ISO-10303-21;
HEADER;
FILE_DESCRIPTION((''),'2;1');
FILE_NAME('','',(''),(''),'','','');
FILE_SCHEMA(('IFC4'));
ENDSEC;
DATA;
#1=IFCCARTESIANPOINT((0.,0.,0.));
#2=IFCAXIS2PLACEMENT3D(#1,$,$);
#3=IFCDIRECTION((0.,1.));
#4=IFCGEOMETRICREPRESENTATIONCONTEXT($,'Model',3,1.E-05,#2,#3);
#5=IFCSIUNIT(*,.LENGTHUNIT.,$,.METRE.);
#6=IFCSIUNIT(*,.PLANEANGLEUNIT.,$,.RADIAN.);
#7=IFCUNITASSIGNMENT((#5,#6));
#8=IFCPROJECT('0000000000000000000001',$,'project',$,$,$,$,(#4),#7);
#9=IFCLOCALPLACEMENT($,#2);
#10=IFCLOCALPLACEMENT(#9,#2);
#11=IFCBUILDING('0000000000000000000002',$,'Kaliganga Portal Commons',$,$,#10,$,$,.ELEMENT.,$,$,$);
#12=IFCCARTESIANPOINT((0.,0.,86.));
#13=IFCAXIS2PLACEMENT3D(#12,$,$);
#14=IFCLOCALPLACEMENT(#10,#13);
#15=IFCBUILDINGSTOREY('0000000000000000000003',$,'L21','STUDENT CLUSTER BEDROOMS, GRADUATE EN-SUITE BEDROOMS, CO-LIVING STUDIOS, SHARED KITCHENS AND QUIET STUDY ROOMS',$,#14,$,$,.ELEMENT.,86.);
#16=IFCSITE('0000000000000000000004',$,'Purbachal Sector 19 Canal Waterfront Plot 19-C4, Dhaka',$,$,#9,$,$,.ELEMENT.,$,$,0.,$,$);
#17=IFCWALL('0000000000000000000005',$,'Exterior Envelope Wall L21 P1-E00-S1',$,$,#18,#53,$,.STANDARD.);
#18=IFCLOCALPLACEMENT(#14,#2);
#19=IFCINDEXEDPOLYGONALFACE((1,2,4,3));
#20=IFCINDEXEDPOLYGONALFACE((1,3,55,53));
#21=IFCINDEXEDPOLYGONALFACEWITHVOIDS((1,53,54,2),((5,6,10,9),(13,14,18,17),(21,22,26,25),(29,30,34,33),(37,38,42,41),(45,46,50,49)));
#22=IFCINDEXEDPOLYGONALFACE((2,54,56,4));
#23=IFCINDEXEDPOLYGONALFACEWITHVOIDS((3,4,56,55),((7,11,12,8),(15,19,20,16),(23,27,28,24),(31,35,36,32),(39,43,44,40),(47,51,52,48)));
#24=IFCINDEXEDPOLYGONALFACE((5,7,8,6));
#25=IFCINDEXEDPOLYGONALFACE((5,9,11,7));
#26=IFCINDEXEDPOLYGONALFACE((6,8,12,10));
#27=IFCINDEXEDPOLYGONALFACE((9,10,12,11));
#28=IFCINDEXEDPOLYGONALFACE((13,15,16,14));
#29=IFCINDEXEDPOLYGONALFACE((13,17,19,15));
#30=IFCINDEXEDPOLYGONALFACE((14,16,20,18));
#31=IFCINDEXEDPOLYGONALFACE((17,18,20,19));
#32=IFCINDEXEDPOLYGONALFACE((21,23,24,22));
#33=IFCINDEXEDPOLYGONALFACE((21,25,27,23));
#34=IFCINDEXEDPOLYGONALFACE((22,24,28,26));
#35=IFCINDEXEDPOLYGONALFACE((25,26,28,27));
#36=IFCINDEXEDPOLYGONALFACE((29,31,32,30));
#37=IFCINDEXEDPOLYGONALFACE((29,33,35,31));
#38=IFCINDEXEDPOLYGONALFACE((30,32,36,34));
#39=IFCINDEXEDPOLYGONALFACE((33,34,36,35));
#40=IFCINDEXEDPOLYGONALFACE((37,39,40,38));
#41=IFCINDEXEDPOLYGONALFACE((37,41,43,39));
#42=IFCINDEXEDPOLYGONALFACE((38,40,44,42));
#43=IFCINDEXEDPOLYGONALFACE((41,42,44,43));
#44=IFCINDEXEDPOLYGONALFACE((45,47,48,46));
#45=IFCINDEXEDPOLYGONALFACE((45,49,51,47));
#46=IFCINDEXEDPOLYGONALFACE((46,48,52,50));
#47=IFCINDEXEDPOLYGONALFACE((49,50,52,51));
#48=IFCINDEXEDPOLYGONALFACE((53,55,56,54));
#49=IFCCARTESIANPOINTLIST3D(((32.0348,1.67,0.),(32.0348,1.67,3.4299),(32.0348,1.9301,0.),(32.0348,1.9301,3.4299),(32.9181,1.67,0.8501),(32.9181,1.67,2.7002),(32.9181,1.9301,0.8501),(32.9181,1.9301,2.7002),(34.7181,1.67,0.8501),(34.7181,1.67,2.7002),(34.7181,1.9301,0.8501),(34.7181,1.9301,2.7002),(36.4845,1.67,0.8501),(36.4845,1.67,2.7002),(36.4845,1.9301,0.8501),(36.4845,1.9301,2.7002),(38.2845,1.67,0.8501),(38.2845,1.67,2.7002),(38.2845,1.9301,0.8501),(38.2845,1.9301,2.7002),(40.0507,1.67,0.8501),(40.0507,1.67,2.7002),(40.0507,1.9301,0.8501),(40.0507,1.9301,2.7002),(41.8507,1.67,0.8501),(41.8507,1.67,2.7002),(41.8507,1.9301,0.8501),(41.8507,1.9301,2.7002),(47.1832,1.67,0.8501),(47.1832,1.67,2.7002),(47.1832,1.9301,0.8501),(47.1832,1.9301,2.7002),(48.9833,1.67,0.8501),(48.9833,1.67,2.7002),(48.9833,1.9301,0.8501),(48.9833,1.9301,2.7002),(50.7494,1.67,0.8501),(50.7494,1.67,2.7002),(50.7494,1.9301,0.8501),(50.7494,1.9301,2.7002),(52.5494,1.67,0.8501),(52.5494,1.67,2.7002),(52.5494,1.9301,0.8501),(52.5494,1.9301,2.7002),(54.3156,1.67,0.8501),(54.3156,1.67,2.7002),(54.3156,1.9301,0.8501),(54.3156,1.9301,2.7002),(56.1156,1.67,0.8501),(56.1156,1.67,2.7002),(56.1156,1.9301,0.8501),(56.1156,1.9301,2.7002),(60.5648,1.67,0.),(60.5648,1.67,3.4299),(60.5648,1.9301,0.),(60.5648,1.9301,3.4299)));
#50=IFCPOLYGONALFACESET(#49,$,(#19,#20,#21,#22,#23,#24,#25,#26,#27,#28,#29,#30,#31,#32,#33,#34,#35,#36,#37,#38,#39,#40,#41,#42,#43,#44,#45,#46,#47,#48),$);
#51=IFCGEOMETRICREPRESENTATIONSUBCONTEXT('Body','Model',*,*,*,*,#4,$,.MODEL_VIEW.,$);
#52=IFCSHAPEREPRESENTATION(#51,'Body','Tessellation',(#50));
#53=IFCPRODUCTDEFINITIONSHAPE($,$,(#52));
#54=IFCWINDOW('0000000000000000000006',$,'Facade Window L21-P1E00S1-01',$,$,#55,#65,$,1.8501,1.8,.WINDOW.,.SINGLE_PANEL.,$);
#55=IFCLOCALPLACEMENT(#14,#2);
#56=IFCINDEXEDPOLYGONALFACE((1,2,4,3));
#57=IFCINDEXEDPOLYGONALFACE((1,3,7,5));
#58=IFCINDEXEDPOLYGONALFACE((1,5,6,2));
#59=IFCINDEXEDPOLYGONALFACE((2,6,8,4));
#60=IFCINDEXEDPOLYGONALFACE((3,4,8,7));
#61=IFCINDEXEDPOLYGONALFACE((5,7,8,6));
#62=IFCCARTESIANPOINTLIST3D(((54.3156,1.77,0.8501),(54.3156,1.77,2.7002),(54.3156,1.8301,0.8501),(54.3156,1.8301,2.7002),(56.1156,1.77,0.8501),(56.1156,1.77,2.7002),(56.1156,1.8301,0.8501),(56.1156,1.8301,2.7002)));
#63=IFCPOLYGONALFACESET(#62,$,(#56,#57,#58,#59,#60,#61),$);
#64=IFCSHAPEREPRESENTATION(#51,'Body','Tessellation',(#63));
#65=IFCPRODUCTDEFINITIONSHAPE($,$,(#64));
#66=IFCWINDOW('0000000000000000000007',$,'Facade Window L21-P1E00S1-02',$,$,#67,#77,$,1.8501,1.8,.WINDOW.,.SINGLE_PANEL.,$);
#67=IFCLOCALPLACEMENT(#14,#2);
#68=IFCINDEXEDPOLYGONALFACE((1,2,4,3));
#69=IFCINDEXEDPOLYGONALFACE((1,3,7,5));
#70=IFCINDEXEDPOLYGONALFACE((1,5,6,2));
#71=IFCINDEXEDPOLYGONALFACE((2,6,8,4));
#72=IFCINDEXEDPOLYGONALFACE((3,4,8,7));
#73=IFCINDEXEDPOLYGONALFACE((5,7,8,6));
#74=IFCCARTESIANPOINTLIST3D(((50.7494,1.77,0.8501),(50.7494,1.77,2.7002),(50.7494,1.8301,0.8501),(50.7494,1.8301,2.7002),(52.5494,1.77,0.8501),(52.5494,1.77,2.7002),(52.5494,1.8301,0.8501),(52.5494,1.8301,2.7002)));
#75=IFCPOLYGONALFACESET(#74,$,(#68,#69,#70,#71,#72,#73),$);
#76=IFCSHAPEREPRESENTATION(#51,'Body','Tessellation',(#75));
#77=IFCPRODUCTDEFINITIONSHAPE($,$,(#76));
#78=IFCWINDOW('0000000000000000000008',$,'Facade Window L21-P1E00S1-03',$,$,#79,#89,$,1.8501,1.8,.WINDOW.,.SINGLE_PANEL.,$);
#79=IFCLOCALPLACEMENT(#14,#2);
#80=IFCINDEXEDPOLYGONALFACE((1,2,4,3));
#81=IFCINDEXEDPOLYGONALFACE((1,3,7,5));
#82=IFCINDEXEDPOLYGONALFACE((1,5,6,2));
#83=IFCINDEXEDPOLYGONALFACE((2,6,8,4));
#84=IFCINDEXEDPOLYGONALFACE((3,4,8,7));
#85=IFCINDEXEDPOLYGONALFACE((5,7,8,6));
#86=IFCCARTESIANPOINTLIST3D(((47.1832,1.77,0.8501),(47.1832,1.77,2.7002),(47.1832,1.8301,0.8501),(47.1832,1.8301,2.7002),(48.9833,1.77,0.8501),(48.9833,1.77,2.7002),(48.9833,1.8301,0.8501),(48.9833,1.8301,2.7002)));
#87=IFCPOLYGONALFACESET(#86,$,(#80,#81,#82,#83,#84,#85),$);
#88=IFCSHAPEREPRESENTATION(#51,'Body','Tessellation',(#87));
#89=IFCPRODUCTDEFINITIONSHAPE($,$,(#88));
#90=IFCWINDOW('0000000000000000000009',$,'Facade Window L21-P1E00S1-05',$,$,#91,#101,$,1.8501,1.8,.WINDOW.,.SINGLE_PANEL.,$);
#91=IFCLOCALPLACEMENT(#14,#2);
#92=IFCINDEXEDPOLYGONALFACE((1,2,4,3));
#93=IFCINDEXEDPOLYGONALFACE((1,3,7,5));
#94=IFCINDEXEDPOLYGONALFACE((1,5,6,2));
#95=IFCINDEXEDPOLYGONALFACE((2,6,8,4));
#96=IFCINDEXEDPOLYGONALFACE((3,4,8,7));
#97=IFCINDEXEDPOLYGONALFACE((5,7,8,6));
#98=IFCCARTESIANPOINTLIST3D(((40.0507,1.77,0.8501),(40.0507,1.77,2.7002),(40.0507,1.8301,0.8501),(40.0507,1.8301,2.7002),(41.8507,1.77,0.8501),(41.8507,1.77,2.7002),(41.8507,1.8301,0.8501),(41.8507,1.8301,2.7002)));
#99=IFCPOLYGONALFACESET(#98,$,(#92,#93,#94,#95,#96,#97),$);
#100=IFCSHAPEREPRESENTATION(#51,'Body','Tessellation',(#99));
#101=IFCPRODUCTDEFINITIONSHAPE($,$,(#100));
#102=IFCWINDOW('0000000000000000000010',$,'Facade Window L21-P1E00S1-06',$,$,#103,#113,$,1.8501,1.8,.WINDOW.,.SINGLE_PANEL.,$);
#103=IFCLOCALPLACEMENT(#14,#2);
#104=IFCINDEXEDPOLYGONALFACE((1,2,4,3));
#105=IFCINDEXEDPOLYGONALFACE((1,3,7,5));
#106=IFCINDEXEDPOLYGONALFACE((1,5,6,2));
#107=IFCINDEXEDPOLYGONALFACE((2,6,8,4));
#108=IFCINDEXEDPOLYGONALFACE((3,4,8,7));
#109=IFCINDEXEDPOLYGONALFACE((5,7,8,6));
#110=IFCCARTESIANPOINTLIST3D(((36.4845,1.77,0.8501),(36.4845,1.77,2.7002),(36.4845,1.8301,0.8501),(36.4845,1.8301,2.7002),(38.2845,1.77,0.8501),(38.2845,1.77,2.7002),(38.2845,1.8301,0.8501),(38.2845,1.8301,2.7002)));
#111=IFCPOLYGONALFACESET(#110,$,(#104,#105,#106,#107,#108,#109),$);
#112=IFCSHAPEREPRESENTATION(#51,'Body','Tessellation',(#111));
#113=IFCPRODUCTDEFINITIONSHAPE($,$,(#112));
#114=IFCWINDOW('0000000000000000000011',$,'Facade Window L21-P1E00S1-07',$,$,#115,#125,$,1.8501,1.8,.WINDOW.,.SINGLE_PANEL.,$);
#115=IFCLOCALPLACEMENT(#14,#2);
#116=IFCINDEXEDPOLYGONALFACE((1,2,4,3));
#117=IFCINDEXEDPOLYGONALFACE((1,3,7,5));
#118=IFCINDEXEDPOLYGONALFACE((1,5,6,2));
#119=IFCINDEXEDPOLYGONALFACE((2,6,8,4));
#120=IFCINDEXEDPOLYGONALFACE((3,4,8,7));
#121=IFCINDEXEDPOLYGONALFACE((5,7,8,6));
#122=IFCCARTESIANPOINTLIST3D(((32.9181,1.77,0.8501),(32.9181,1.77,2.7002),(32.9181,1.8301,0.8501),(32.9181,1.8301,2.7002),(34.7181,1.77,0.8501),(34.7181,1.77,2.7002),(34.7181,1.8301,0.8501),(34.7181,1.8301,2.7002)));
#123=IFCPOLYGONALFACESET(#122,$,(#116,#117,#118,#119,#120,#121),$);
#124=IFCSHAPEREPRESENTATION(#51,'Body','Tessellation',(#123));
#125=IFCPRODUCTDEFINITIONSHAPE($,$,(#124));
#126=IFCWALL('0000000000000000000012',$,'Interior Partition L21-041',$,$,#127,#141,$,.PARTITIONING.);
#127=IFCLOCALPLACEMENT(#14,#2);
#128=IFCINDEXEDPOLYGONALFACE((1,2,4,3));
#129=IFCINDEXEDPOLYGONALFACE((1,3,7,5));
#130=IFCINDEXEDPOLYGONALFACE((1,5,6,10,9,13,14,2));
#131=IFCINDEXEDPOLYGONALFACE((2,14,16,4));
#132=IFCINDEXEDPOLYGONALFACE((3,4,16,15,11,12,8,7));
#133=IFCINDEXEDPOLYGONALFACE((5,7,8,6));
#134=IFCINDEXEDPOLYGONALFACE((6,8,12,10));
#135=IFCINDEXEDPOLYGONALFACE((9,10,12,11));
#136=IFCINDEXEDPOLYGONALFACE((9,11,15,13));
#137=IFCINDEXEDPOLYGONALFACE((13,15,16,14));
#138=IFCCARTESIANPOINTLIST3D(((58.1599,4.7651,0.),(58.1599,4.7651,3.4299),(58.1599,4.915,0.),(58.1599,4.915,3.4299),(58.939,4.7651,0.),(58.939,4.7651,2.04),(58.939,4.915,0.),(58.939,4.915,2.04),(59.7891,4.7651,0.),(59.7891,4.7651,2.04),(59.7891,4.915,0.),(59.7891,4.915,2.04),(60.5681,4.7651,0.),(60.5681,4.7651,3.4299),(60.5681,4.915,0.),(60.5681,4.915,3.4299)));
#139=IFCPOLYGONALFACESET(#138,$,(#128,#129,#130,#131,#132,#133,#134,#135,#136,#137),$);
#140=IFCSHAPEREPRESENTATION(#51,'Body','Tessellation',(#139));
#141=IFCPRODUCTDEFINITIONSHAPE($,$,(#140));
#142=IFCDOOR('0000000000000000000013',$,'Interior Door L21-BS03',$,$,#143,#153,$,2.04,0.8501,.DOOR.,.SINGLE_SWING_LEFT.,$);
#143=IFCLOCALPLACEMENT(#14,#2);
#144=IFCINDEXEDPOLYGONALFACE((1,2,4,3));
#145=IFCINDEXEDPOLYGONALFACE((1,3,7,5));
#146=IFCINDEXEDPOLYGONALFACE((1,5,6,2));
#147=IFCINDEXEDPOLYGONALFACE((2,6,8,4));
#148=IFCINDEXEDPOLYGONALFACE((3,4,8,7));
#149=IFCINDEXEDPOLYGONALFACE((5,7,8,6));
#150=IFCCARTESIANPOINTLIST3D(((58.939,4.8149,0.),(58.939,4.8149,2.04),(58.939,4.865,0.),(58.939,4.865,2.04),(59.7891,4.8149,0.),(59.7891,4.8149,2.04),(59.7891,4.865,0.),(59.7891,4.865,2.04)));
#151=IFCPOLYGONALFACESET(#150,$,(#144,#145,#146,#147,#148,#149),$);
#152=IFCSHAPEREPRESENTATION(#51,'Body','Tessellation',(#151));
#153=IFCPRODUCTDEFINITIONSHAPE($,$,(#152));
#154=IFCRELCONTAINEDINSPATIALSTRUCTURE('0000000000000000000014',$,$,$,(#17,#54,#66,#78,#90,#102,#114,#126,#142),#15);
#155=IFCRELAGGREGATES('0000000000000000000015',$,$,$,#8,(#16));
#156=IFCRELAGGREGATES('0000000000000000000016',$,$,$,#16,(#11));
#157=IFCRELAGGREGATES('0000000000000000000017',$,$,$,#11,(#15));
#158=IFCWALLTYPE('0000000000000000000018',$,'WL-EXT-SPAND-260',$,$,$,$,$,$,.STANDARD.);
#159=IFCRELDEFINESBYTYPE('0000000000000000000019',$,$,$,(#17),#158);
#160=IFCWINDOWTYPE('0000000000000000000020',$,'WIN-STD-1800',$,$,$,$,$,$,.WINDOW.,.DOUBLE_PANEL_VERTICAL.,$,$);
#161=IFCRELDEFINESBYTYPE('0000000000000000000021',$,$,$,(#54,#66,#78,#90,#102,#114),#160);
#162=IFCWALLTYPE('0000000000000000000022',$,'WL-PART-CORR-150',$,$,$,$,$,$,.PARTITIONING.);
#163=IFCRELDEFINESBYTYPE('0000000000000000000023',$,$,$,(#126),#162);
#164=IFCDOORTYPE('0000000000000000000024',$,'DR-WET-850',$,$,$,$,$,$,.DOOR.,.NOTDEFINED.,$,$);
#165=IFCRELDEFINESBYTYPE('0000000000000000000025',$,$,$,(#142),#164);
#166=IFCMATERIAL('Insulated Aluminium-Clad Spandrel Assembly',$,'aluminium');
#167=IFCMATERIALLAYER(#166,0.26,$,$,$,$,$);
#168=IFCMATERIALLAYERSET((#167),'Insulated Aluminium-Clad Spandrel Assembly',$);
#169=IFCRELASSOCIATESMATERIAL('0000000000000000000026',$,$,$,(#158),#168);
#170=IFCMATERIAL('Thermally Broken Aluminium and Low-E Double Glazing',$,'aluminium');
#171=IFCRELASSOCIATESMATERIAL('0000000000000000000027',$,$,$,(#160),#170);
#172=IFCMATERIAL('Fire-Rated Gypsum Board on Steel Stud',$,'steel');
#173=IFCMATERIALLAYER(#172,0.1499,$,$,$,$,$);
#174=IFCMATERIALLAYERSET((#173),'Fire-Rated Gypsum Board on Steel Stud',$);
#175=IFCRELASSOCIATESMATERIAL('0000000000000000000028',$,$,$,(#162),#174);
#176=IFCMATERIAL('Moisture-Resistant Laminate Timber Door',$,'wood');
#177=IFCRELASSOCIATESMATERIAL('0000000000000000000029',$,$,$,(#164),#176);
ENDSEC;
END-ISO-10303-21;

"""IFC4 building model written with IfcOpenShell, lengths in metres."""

from ifc_helpers import new_model, si_unit, direction, frame, frame_2d, origin, place, context, subcontext, project, spatial, rectangle, extrude, material, layer, layer_set, type_object, element, fill, save


model = new_model("IFC4")

# Units and contexts
model_context = context("Model", 3, precision=1e-05, world=origin(), true_north=direction((0.0, 1.0)))
body_context = subcontext(model_context, "Body", "Model", "MODEL_VIEW")
ifc_project = project(units=[si_unit("LENGTHUNIT", "METRE"), si_unit("PLANEANGLEUNIT", "RADIAN")], contexts=[model_context])

# Site, building, storey
site_placement = place(None, origin())
site = spatial("IfcSite", under=ifc_project, at=site_placement, Name="Purbachal Sector 19 Canal Waterfront Plot 19-C4, Dhaka", CompositionType="ELEMENT", RefElevation=0.0)
building_placement = place(site_placement, origin())
building = spatial("IfcBuilding", under=site, at=building_placement, Name="Kaliganga Portal Commons", CompositionType="ELEMENT")
storey_placement = place(building_placement, frame((0.0, 0.0, 86.0)))
storey = spatial("IfcBuildingStorey", under=building, at=storey_placement, Name="L21", Description="STUDENT CLUSTER BEDROOMS, GRADUATE EN-SUITE BEDROOMS, CO-LIVING STUDIOS, SHARED KITCHENS AND QUIET STUDY ROOMS", CompositionType="ELEMENT", Elevation=86.0)

# Wall, openings, windows
ifc_material_1 = material(Name="Insulated Aluminium-Clad Spandrel Assembly", Category="aluminium")
ifc_layer_1 = layer(ifc_material_1, 0.26)
ifc_layer_set_1 = layer_set([ifc_layer_1], Name="Insulated Aluminium-Clad Spandrel Assembly")
wall_type_1 = type_object("IfcWallType", Name="WL-EXT-SPAND-260", PredefinedType="STANDARD", material=ifc_layer_set_1)
wall_1_placement = place(storey_placement, frame((60.5649, 1.8, 0.0), z_axis=(0.0, 0.0, 1.0), x_axis=(-1.0, 0.0, 0.0)))
wall_1 = element("IfcWall", 1, at=wall_1_placement, inside=storey, type_object=wall_type_1, Name="Exterior Envelope Wall L21 P1-E00-S1", PredefinedType="STANDARD", context=body_context, shape_type="SweptSolid", body=[
    extrude(rectangle(XDim=28.53, YDim=0.26, at=frame_2d((14.2651, 0.0))), origin(), (0.0, 0.0, 1.0), 3.4299),
])
opening_1_placement = place(wall_1_placement, frame((4.4495, 0.0, 0.8501)))
opening_1 = element("IfcOpeningElement", 2, at=opening_1_placement, cuts=wall_1, PredefinedType="OPENING", context=body_context, shape_type="SweptSolid", body=[
    extrude(rectangle(XDim=1.8, YDim=1.8501, at=frame_2d((0.8999, 0.925))), frame((0.0, 0.1401, 0.0), z_axis=(0.0, -1.0, 0.0), x_axis=(1.0, 0.0, 0.0)), (0.0, 0.0, 1.0), 0.28),
])
opening_2_placement = place(wall_1_placement, frame((8.0156, 0.0, 0.8501)))
opening_2 = element("IfcOpeningElement", 3, at=opening_2_placement, cuts=wall_1, PredefinedType="OPENING", context=body_context, shape_type="SweptSolid", body=[
    extrude(rectangle(XDim=1.8, YDim=1.8501, at=frame_2d((0.8999, 0.925))), frame((0.0, 0.1401, 0.0), z_axis=(0.0, -1.0, 0.0), x_axis=(1.0, 0.0, 0.0)), (0.0, 0.0, 1.0), 0.28),
])
opening_3_placement = place(wall_1_placement, frame((11.5818, 0.0, 0.8501)))
opening_3 = element("IfcOpeningElement", 4, at=opening_3_placement, cuts=wall_1, PredefinedType="OPENING", context=body_context, shape_type="SweptSolid", body=[
    extrude(rectangle(XDim=1.8, YDim=1.8501, at=frame_2d((0.8999, 0.925))), frame((0.0, 0.1401, 0.0), z_axis=(0.0, -1.0, 0.0), x_axis=(1.0, 0.0, 0.0)), (0.0, 0.0, 1.0), 0.28),
])
opening_4_placement = place(wall_1_placement, frame((18.7144, 0.0, 0.8501)))
opening_4 = element("IfcOpeningElement", 5, at=opening_4_placement, cuts=wall_1, PredefinedType="OPENING", context=body_context, shape_type="SweptSolid", body=[
    extrude(rectangle(XDim=1.8, YDim=1.8501, at=frame_2d((0.8999, 0.925))), frame((0.0, 0.1401, 0.0), z_axis=(0.0, -1.0, 0.0), x_axis=(1.0, 0.0, 0.0)), (0.0, 0.0, 1.0), 0.28),
])
opening_5_placement = place(wall_1_placement, frame((22.2805, 0.0, 0.8501)))
opening_5 = element("IfcOpeningElement", 6, at=opening_5_placement, cuts=wall_1, PredefinedType="OPENING", context=body_context, shape_type="SweptSolid", body=[
    extrude(rectangle(XDim=1.8, YDim=1.8501, at=frame_2d((0.8999, 0.925))), frame((0.0, 0.1401, 0.0), z_axis=(0.0, -1.0, 0.0), x_axis=(1.0, 0.0, 0.0)), (0.0, 0.0, 1.0), 0.28),
])
opening_6_placement = place(wall_1_placement, frame((25.8469, 0.0, 0.8501)))
opening_6 = element("IfcOpeningElement", 7, at=opening_6_placement, cuts=wall_1, PredefinedType="OPENING", context=body_context, shape_type="SweptSolid", body=[
    extrude(rectangle(XDim=1.8, YDim=1.8501, at=frame_2d((0.8999, 0.925))), frame((0.0, 0.1401, 0.0), z_axis=(0.0, -1.0, 0.0), x_axis=(1.0, 0.0, 0.0)), (0.0, 0.0, 1.0), 0.28),
])
ifc_material_2 = material(Name="Thermally Broken Aluminium and Low-E Double Glazing", Category="aluminium")
window_type = type_object("IfcWindowType", Name="WIN-STD-1800", PartitioningType="DOUBLE_PANEL_VERTICAL", PredefinedType="WINDOW", material=ifc_material_2)
window_1_placement = place(opening_1_placement, origin())
window_1 = element("IfcWindow", 8, at=window_1_placement, inside=storey, type_object=window_type, Name="Facade Window L21-P1E00S1-01", OverallHeight=1.8501, OverallWidth=1.8, PartitioningType="SINGLE_PANEL", PredefinedType="WINDOW", context=body_context, shape_type="SweptSolid", body=[
    extrude(rectangle(XDim=1.8, YDim=1.8501, at=frame_2d((0.8999, 0.925))), frame((0.0, 0.03, 0.0), z_axis=(0.0, -1.0, 0.0), x_axis=(1.0, 0.0, 0.0)), (0.0, 0.0, 1.0), 0.0601),
])
fill(opening_1, window_1)
window_2_placement = place(opening_2_placement, origin())
window_2 = element("IfcWindow", 9, at=window_2_placement, inside=storey, type_object=window_type, Name="Facade Window L21-P1E00S1-02", OverallHeight=1.8501, OverallWidth=1.8, PartitioningType="SINGLE_PANEL", PredefinedType="WINDOW", context=body_context, shape_type="SweptSolid", body=[
    extrude(rectangle(XDim=1.8, YDim=1.8501, at=frame_2d((0.8999, 0.925))), frame((0.0, 0.03, 0.0), z_axis=(0.0, -1.0, 0.0), x_axis=(1.0, 0.0, 0.0)), (0.0, 0.0, 1.0), 0.0601),
])
fill(opening_2, window_2)
window_3_placement = place(opening_3_placement, origin())
window_3 = element("IfcWindow", 10, at=window_3_placement, inside=storey, type_object=window_type, Name="Facade Window L21-P1E00S1-03", OverallHeight=1.8501, OverallWidth=1.8, PartitioningType="SINGLE_PANEL", PredefinedType="WINDOW", context=body_context, shape_type="SweptSolid", body=[
    extrude(rectangle(XDim=1.8, YDim=1.8501, at=frame_2d((0.8999, 0.925))), frame((0.0, 0.03, 0.0), z_axis=(0.0, -1.0, 0.0), x_axis=(1.0, 0.0, 0.0)), (0.0, 0.0, 1.0), 0.0601),
])
fill(opening_3, window_3)
window_4_placement = place(opening_4_placement, origin())
window_4 = element("IfcWindow", 11, at=window_4_placement, inside=storey, type_object=window_type, Name="Facade Window L21-P1E00S1-05", OverallHeight=1.8501, OverallWidth=1.8, PartitioningType="SINGLE_PANEL", PredefinedType="WINDOW", context=body_context, shape_type="SweptSolid", body=[
    extrude(rectangle(XDim=1.8, YDim=1.8501, at=frame_2d((0.8999, 0.925))), frame((0.0, 0.03, 0.0), z_axis=(0.0, -1.0, 0.0), x_axis=(1.0, 0.0, 0.0)), (0.0, 0.0, 1.0), 0.0601),
])
fill(opening_4, window_4)
window_5_placement = place(opening_5_placement, origin())
window_5 = element("IfcWindow", 12, at=window_5_placement, inside=storey, type_object=window_type, Name="Facade Window L21-P1E00S1-06", OverallHeight=1.8501, OverallWidth=1.8, PartitioningType="SINGLE_PANEL", PredefinedType="WINDOW", context=body_context, shape_type="SweptSolid", body=[
    extrude(rectangle(XDim=1.8, YDim=1.8501, at=frame_2d((0.8999, 0.925))), frame((0.0, 0.03, 0.0), z_axis=(0.0, -1.0, 0.0), x_axis=(1.0, 0.0, 0.0)), (0.0, 0.0, 1.0), 0.0601),
])
fill(opening_5, window_5)
window_6_placement = place(opening_6_placement, origin())
window_6 = element("IfcWindow", 13, at=window_6_placement, inside=storey, type_object=window_type, Name="Facade Window L21-P1E00S1-07", OverallHeight=1.8501, OverallWidth=1.8, PartitioningType="SINGLE_PANEL", PredefinedType="WINDOW", context=body_context, shape_type="SweptSolid", body=[
    extrude(rectangle(XDim=1.8, YDim=1.8501, at=frame_2d((0.8999, 0.925))), frame((0.0, 0.03, 0.0), z_axis=(0.0, -1.0, 0.0), x_axis=(1.0, 0.0, 0.0)), (0.0, 0.0, 1.0), 0.0601),
])
fill(opening_6, window_6)

# Wall, opening, door
ifc_material_3 = material(Name="Fire-Rated Gypsum Board on Steel Stud", Category="steel")
ifc_layer_2 = layer(ifc_material_3, 0.1499)
ifc_layer_set_2 = layer_set([ifc_layer_2], Name="Fire-Rated Gypsum Board on Steel Stud")
wall_type_2 = type_object("IfcWallType", Name="WL-PART-CORR-150", PredefinedType="PARTITIONING", material=ifc_layer_set_2)
wall_2_placement = place(storey_placement, frame((58.1599, 4.8401, 0.0), z_axis=(0.0, 0.0, 1.0), x_axis=(1.0, 0.0, 0.0)))
wall_2 = element("IfcWall", 14, at=wall_2_placement, inside=storey, type_object=wall_type_2, Name="Interior Partition L21-041", PredefinedType="PARTITIONING", context=body_context, shape_type="SweptSolid", body=[
    extrude(rectangle(XDim=2.4082, YDim=0.1499, at=frame_2d((1.2041, 0.0))), origin(), (0.0, 0.0, 1.0), 3.4299),
])
opening_7_placement = place(wall_2_placement, frame((0.7791, 0.0, 0.0)))
opening_7 = element("IfcOpeningElement", 15, at=opening_7_placement, cuts=wall_2, PredefinedType="OPENING", context=body_context, shape_type="SweptSolid", body=[
    extrude(rectangle(XDim=0.8501, YDim=2.04, at=frame_2d((0.425, 1.02))), frame((0.0, 0.085, 0.0), z_axis=(0.0, -1.0, 0.0), x_axis=(1.0, 0.0, 0.0)), (0.0, 0.0, 1.0), 0.1699),
])
ifc_material_4 = material(Name="Moisture-Resistant Laminate Timber Door", Category="wood")
door_type_1 = type_object("IfcDoorType", Name="DR-WET-850", OperationType="NOTDEFINED", PredefinedType="DOOR", material=ifc_material_4)
door_1_placement = place(opening_7_placement, origin())
door_1 = element("IfcDoor", 16, at=door_1_placement, inside=storey, type_object=door_type_1, Name="Interior Door L21-BS03", OperationType="SINGLE_SWING_LEFT", OverallHeight=2.04, OverallWidth=0.8501, PredefinedType="DOOR", context=body_context, shape_type="SweptSolid", body=[
    extrude(rectangle(XDim=0.8501, YDim=2.04, at=frame_2d((0.425, 1.02))), frame((0.0, 0.0249, 0.0), z_axis=(0.0, -1.0, 0.0), x_axis=(1.0, 0.0, 0.0)), (0.0, 0.0, 1.0), 0.05),
])
fill(opening_7, door_1)

save(model, "model.ifc")
